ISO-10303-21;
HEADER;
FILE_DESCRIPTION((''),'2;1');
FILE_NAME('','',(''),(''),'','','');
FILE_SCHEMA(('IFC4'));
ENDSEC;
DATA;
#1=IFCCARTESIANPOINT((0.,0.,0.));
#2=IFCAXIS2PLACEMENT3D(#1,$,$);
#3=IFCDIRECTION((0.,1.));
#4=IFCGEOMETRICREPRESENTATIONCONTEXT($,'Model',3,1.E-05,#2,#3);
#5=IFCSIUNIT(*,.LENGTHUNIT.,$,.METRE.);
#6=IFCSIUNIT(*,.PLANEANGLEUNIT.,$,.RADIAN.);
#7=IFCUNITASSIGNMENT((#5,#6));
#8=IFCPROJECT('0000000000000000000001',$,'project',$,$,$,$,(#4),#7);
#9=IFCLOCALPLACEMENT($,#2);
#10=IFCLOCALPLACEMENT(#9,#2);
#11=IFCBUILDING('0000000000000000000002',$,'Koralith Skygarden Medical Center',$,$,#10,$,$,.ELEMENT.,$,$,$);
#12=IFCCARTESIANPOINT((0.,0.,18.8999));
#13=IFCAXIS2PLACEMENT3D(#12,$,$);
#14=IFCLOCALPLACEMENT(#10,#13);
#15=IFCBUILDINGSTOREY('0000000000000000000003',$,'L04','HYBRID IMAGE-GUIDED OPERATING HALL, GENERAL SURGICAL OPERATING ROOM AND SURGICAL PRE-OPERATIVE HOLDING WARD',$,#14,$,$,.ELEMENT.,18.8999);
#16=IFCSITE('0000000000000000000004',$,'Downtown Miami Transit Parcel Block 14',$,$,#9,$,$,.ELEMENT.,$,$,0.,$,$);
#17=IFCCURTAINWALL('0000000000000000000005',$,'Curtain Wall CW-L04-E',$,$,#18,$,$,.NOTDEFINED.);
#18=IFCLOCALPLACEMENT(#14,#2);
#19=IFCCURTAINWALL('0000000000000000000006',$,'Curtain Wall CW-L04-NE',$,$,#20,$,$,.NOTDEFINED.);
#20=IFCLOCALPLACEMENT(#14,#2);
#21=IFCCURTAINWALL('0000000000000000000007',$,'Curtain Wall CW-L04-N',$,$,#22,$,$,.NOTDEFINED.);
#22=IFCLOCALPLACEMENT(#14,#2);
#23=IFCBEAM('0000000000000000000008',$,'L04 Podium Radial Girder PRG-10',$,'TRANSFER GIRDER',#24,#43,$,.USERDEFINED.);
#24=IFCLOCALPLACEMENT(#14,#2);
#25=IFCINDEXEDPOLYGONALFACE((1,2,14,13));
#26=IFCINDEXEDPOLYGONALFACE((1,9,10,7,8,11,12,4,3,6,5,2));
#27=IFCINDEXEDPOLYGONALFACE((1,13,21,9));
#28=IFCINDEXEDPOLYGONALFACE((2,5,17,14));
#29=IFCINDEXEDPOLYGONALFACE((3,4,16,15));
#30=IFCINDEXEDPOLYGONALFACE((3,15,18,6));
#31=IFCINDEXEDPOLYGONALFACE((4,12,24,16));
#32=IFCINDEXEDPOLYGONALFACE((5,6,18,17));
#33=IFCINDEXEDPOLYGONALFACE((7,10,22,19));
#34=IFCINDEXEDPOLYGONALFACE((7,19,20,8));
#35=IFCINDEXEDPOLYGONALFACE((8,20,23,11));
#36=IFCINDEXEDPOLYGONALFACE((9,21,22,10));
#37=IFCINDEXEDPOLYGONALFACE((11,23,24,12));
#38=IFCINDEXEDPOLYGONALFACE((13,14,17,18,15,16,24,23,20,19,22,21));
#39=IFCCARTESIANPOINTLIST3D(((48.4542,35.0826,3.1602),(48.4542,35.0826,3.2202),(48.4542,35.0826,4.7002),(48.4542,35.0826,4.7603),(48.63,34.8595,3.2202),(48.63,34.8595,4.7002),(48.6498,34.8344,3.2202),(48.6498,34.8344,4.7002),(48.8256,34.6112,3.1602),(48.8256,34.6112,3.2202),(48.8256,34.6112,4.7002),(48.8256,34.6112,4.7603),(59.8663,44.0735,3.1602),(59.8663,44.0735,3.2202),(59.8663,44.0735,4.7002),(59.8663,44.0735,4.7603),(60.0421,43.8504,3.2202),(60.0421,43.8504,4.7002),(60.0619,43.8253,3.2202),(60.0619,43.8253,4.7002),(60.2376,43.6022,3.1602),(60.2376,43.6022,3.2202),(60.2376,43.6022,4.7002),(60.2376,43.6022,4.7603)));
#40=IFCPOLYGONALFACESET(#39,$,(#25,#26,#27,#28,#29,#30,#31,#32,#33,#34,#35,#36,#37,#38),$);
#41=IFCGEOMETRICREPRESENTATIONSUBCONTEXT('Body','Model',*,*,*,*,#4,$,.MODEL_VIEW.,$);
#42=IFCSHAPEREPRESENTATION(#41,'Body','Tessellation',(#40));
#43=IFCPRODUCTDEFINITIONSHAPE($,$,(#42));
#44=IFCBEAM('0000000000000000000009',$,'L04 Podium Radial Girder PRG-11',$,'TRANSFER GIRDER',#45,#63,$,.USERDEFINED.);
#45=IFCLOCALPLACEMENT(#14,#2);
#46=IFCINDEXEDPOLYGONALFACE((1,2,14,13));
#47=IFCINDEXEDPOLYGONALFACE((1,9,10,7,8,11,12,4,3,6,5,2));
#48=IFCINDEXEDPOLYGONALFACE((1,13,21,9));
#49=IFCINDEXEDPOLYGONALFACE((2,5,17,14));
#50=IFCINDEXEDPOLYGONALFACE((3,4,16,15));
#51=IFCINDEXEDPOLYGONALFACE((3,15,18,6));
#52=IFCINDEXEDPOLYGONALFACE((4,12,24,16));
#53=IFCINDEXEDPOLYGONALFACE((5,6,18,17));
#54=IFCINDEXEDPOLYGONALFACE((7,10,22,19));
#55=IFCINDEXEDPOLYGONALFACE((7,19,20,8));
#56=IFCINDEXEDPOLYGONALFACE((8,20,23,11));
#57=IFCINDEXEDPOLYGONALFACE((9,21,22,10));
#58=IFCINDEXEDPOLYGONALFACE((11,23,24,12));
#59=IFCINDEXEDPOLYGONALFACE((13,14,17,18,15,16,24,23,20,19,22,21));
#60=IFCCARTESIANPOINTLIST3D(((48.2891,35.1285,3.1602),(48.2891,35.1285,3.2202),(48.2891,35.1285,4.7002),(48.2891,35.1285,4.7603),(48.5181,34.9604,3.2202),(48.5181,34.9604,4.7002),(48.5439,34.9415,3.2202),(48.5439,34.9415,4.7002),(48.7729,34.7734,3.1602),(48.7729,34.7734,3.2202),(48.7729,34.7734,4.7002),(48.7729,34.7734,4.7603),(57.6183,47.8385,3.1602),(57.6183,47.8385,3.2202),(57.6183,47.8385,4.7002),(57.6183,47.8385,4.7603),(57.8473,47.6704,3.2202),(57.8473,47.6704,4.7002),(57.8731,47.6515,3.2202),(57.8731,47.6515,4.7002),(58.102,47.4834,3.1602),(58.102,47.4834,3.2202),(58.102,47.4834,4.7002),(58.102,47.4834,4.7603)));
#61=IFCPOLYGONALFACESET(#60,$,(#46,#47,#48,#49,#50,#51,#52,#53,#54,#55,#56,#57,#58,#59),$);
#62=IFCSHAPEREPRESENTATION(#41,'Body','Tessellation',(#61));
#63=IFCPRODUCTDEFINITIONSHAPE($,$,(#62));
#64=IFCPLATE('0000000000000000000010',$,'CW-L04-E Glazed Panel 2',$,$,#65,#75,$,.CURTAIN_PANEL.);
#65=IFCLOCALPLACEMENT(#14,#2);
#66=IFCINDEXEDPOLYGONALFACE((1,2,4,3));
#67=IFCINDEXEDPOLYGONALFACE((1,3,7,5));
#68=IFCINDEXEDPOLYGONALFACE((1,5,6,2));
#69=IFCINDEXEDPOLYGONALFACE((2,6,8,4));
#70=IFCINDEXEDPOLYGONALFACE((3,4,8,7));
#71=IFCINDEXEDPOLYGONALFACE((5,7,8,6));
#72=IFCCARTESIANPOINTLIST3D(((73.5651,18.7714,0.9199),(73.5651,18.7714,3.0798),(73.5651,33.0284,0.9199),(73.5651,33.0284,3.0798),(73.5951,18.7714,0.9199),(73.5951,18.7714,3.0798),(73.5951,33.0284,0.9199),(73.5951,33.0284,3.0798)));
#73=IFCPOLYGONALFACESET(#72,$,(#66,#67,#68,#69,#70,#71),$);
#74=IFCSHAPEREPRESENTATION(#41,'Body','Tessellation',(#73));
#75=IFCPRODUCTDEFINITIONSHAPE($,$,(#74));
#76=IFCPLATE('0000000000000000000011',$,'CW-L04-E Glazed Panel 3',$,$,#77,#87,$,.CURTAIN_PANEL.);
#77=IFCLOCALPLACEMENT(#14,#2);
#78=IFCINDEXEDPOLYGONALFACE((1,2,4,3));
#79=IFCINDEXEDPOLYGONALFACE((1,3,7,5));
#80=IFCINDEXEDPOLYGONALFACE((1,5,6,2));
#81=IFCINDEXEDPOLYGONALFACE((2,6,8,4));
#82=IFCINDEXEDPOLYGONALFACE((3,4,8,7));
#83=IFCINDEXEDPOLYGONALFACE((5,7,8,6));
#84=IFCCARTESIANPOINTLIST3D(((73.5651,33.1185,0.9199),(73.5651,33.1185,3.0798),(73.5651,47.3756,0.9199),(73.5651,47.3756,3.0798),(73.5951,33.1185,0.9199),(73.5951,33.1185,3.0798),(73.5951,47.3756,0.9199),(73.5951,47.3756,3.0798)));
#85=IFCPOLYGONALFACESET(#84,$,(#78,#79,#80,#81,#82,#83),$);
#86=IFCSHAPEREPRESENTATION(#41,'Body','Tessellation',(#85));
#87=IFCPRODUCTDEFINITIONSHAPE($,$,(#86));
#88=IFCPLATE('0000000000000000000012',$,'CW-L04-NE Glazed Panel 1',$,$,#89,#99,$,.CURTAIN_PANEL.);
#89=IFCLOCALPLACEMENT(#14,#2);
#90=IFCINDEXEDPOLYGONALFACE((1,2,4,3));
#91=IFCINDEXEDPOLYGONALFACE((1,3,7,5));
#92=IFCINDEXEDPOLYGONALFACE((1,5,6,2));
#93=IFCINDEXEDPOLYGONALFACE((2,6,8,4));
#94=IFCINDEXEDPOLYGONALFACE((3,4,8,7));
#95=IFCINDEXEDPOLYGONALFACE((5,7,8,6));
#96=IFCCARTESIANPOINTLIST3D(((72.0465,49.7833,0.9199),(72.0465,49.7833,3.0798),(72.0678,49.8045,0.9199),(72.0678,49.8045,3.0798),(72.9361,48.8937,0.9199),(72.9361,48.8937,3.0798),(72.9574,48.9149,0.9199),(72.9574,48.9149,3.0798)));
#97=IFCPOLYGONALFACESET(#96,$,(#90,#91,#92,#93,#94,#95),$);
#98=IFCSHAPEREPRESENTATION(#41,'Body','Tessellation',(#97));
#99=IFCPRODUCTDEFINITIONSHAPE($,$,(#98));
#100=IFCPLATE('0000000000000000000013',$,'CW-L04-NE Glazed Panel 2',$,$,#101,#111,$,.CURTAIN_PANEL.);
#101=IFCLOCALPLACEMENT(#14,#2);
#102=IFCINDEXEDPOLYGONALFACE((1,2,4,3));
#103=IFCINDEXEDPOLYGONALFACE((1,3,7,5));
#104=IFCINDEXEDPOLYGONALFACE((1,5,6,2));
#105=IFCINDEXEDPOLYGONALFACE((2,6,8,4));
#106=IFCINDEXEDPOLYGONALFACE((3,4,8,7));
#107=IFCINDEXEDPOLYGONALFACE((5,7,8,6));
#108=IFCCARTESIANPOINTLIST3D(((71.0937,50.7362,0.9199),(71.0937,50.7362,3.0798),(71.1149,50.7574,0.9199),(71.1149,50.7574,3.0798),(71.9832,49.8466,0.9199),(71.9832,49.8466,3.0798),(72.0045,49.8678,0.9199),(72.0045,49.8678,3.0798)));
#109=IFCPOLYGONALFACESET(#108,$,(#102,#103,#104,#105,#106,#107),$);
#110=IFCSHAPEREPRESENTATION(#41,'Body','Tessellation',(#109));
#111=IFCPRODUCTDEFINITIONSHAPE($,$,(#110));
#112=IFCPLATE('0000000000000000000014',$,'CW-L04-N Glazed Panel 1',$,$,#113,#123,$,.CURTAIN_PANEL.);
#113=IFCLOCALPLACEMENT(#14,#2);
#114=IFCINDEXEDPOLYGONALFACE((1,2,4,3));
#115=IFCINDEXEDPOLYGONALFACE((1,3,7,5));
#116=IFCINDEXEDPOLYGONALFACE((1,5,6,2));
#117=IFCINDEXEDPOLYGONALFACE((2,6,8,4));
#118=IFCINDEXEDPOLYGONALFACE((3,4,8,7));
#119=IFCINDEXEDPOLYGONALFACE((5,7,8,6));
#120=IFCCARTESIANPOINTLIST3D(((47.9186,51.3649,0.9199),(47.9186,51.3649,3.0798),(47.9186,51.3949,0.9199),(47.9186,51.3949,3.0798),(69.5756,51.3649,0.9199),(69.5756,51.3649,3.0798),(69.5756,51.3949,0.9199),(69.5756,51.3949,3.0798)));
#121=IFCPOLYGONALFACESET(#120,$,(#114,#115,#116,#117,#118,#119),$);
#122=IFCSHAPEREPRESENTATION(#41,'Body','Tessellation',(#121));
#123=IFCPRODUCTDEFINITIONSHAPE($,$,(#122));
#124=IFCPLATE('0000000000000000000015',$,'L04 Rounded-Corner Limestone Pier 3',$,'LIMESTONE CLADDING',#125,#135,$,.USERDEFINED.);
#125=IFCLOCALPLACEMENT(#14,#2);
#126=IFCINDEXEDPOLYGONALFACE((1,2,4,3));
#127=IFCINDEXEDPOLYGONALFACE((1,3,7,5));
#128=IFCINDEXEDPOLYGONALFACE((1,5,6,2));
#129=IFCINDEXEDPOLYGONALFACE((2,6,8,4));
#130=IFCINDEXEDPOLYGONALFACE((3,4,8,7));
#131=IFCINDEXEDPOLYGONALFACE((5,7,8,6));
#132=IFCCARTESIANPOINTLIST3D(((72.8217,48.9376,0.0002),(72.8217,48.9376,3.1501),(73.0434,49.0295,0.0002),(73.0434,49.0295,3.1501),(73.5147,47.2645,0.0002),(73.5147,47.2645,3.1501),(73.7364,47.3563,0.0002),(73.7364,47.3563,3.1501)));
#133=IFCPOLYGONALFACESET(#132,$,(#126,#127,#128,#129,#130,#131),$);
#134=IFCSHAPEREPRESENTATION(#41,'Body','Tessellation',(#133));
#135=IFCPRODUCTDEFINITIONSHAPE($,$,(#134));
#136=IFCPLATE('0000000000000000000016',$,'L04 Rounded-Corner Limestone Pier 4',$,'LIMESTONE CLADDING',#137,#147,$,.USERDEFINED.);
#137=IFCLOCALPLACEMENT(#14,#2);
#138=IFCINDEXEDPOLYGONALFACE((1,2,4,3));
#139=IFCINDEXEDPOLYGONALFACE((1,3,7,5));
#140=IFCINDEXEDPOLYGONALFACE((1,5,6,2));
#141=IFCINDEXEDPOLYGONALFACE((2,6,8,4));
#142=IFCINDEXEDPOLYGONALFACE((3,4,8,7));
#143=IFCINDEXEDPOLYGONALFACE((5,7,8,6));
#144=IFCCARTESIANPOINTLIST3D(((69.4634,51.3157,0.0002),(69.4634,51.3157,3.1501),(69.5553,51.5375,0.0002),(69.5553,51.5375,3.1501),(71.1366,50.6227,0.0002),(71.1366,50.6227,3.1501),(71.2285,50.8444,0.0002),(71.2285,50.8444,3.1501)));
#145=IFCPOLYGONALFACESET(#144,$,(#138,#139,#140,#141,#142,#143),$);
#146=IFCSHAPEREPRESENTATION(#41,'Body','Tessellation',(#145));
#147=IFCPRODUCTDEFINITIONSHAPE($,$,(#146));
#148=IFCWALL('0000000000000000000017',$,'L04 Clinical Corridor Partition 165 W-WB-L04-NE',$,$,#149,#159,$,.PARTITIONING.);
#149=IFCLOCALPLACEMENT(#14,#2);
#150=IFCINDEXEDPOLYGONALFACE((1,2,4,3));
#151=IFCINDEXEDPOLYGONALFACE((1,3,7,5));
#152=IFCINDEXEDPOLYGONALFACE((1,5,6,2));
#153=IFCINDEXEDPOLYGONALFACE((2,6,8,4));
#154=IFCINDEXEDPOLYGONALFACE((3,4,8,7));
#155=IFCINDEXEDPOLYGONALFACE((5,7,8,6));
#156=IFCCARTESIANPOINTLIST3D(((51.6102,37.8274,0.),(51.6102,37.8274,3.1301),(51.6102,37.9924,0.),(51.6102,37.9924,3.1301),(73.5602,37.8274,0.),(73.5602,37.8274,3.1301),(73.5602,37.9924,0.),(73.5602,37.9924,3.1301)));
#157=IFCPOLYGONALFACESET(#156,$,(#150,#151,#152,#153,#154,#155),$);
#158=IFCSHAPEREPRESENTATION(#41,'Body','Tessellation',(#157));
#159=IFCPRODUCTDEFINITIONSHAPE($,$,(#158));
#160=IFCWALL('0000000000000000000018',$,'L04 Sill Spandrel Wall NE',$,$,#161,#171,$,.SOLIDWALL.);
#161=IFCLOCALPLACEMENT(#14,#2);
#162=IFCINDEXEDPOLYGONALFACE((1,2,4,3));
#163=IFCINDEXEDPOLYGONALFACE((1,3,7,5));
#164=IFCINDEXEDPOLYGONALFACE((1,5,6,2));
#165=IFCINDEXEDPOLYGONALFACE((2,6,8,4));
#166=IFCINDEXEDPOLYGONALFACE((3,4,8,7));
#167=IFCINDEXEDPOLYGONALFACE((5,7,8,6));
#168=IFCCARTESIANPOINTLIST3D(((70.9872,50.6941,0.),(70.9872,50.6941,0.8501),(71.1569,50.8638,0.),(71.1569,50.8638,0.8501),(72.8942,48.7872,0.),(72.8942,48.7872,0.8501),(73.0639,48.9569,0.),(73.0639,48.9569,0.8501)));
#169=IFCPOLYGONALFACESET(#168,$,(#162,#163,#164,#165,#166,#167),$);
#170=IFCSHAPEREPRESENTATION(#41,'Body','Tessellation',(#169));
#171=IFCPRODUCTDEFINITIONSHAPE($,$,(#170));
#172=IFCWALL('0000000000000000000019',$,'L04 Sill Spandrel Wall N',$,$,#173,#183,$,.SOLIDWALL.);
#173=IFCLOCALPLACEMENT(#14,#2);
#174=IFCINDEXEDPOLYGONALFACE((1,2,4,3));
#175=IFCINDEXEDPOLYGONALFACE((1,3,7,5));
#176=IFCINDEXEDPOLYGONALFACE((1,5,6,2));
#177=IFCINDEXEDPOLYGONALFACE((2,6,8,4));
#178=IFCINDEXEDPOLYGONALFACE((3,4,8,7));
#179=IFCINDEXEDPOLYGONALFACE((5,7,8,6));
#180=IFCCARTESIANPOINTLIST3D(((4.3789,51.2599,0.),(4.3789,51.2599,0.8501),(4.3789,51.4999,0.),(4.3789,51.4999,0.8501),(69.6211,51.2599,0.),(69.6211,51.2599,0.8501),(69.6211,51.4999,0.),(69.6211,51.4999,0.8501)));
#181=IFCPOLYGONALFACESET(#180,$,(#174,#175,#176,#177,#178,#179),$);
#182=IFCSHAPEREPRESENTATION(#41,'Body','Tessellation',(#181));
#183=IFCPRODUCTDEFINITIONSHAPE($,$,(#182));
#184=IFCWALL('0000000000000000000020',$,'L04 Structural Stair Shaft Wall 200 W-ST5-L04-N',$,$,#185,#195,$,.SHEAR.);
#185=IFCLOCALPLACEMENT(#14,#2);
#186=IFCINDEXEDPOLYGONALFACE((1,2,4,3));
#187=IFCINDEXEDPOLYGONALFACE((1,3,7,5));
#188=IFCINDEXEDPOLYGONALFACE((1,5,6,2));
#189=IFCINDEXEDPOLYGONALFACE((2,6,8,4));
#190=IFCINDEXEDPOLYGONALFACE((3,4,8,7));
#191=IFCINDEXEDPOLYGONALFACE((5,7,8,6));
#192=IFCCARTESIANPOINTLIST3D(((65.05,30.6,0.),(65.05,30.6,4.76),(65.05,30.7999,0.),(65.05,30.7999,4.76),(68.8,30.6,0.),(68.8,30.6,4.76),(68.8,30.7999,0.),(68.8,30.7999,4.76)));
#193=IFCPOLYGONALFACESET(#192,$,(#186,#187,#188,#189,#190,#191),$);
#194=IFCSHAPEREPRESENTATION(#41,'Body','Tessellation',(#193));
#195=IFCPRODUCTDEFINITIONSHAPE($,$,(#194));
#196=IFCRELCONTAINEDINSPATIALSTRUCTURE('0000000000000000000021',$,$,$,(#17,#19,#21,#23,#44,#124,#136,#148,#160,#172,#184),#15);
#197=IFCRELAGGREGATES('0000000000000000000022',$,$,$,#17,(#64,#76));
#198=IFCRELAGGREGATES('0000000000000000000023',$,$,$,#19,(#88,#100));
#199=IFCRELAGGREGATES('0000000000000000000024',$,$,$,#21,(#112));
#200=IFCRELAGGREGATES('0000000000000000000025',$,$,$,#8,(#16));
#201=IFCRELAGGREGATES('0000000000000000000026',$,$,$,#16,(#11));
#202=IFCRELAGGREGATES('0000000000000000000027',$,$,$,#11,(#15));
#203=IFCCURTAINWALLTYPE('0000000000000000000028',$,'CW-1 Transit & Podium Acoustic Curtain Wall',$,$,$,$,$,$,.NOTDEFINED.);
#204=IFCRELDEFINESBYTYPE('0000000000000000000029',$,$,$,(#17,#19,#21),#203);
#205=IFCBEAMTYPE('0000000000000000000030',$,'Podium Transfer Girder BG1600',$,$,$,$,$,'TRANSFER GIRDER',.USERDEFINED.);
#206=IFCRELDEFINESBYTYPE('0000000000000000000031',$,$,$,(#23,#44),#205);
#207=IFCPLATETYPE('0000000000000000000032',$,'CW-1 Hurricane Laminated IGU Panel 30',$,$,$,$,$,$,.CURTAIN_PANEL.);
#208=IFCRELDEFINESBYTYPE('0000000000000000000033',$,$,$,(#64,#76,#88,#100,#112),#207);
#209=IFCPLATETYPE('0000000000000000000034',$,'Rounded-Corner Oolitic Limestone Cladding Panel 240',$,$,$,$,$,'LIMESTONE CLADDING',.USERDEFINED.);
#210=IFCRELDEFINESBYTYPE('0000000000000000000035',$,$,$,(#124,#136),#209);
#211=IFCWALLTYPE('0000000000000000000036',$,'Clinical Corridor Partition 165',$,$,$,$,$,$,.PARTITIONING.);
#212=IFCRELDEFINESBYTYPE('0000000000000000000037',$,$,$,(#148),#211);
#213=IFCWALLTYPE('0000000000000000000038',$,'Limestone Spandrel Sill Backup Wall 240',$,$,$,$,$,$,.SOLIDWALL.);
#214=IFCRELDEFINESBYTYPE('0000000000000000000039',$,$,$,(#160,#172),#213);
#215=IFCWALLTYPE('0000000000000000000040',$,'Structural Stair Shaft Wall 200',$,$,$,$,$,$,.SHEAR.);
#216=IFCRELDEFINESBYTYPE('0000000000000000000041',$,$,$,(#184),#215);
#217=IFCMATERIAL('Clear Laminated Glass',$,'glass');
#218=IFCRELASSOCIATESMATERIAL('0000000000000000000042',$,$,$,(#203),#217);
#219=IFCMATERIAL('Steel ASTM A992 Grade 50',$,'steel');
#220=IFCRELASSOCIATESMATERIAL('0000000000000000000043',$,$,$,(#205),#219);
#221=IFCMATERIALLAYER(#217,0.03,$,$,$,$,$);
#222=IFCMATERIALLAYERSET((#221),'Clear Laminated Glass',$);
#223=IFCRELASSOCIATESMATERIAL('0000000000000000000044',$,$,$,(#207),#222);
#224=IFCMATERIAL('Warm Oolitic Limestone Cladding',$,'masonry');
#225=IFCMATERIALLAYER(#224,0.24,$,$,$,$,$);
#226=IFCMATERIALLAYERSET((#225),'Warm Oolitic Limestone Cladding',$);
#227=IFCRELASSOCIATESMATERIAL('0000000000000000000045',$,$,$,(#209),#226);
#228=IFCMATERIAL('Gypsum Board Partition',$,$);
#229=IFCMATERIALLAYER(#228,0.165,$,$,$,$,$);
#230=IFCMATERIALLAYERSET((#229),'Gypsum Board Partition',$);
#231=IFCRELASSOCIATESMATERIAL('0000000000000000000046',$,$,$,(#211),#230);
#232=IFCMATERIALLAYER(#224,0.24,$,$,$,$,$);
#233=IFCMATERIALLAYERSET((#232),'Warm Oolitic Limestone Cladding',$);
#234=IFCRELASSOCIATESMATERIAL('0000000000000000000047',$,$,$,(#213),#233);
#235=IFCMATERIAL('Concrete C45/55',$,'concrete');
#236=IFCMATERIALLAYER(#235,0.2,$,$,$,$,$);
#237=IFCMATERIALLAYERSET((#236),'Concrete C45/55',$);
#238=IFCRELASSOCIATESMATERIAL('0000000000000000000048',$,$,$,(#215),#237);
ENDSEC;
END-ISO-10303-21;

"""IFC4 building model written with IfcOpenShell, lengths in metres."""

from ifc_helpers import new_model, si_unit, direction, frame, frame_2d, origin, origin_2d, place, context, subcontext, project, spatial, rectangle, i_section, extrude, material, layer, layer_set, material_profile, profile_set, type_object, element, aggregate, save


model = new_model("IFC4")

# Units and contexts
model_context = context("Model", 3, precision=1e-05, world=origin(), true_north=direction((0.0, 1.0)))
body_context = subcontext(model_context, "Body", "Model", "MODEL_VIEW")
ifc_project = project(units=[si_unit("LENGTHUNIT", "METRE"), si_unit("PLANEANGLEUNIT", "RADIAN")], contexts=[model_context])

# Site, building, storey
site_placement = place(None, origin())
site = spatial("IfcSite", under=ifc_project, at=site_placement, Name="Downtown Miami Transit Parcel Block 14", CompositionType="ELEMENT", RefElevation=0.0)
building_placement = place(site_placement, origin())
building = spatial("IfcBuilding", under=site, at=building_placement, Name="Koralith Skygarden Medical Center", CompositionType="ELEMENT")
storey_placement = place(building_placement, frame((0.0, 0.0, 18.8999)))
storey = spatial("IfcBuildingStorey", under=building, at=storey_placement, Name="L04", Description="HYBRID IMAGE-GUIDED OPERATING HALL, GENERAL SURGICAL OPERATING ROOM AND SURGICAL PRE-OPERATIVE HOLDING WARD", CompositionType="ELEMENT", Elevation=18.8999)

# Curtain walls
ifc_material_1 = material(Name="Clear Laminated Glass", Category="glass")
curtain_wall_type = type_object("IfcCurtainWallType", Name="CW-1 Transit & Podium Acoustic Curtain Wall", PredefinedType="NOTDEFINED", material=ifc_material_1)
curtain_wall_1_placement = place(storey_placement, origin())
curtain_wall_1 = element("IfcCurtainWall", 1, at=curtain_wall_1_placement, inside=storey, type_object=curtain_wall_type, Name="Curtain Wall CW-L04-E", PredefinedType="NOTDEFINED")
curtain_wall_2_placement = place(storey_placement, origin())
curtain_wall_2 = element("IfcCurtainWall", 2, at=curtain_wall_2_placement, inside=storey, type_object=curtain_wall_type, Name="Curtain Wall CW-L04-NE", PredefinedType="NOTDEFINED")

# Curtain wall
curtain_wall_3_placement = place(storey_placement, origin())
curtain_wall_3 = element("IfcCurtainWall", 3, at=curtain_wall_3_placement, inside=storey, type_object=curtain_wall_type, Name="Curtain Wall CW-L04-N", PredefinedType="NOTDEFINED")

# Beams
ifc_material_2 = material(Name="Steel ASTM A992 Grade 50", Category="steel")
ifc_material_profile_1 = material_profile(ifc_material_2, i_section(OverallWidth=0.6001, OverallDepth=1.6001, WebThickness=0.032, FlangeThickness=0.0601, at=origin_2d()), Name="BG1600X600X60X32")
ifc_profile_set_1 = profile_set([ifc_material_profile_1], Name="Steel ASTM A992 Grade 50")
beam_type_1 = type_object("IfcBeamType", Name="Podium Transfer Girder BG1600", ElementType="TRANSFER GIRDER", PredefinedType="USERDEFINED", material=ifc_profile_set_1)
beam_1_placement = place(storey_placement, frame((48.6399, 34.8469, 3.9602), z_axis=(0.785505, 0.618856, 0.0), x_axis=(-0.618856, 0.785505, 0.0)))
element("IfcBeam", 4, at=beam_1_placement, inside=storey, type_object=beam_type_1, Name="L04 Podium Radial Girder PRG-10", ObjectType="TRANSFER GIRDER", PredefinedType="USERDEFINED", context=body_context, shape_type="SweptSolid", body=[
    extrude(i_section(OverallWidth=0.6001, OverallDepth=1.6001, WebThickness=0.032, FlangeThickness=0.0601, at=origin_2d()), origin(), (0.0, 0.0, 1.0), 14.5283),
])
beam_2_placement = place(storey_placement, frame((48.531, 34.9509, 3.9602), z_axis=(0.591713, 0.806149, 0.0), x_axis=(-0.806149, 0.591713, 0.0)))
element("IfcBeam", 5, at=beam_2_placement, inside=storey, type_object=beam_type_1, Name="L04 Podium Radial Girder PRG-11", ObjectType="TRANSFER GIRDER", PredefinedType="USERDEFINED", context=body_context, shape_type="SweptSolid", body=[
    extrude(i_section(OverallWidth=0.6001, OverallDepth=1.6001, WebThickness=0.032, FlangeThickness=0.0601, at=origin_2d()), origin(), (0.0, 0.0, 1.0), 15.7664),
])

# Plates
ifc_layer_1 = layer(ifc_material_1, 0.03)
ifc_layer_set_1 = layer_set([ifc_layer_1], Name="Clear Laminated Glass")
plate_type_1 = type_object("IfcPlateType", Name="CW-1 Hurricane Laminated IGU Panel 30", PredefinedType="CURTAIN_PANEL", material=ifc_layer_set_1)
plate_1_placement = place(storey_placement, frame((73.5801, 25.8999, 0.9199), z_axis=(0.0, 0.0, 1.0), x_axis=(0.0, 1.0, 0.0)))
plate_1 = element("IfcPlate", 6, at=plate_1_placement, type_object=plate_type_1, Name="CW-L04-E Glazed Panel 2", PredefinedType="CURTAIN_PANEL", context=body_context, shape_type="SweptSolid", body=[
    extrude(rectangle(XDim=14.2571, YDim=0.03, at=origin_2d()), origin(), (0.0, 0.0, 1.0), 2.1599),
])
plate_2_placement = place(storey_placement, frame((73.5801, 40.2471, 0.9199), z_axis=(0.0, 0.0, 1.0), x_axis=(0.0, 1.0, 0.0)))
plate_2 = element("IfcPlate", 7, at=plate_2_placement, type_object=plate_type_1, Name="CW-L04-E Glazed Panel 3", PredefinedType="CURTAIN_PANEL", context=body_context, shape_type="SweptSolid", body=[
    extrude(rectangle(XDim=14.2571, YDim=0.03, at=origin_2d()), origin(), (0.0, 0.0, 1.0), 2.1599),
])
aggregate(curtain_wall_1, [plate_1, plate_2])
plate_3_placement = place(storey_placement, frame((72.502, 49.3491, 0.9199), z_axis=(0.0, 0.0, 1.0), x_axis=(-0.707107, 0.707107, 0.0)))
plate_3 = element("IfcPlate", 8, at=plate_3_placement, type_object=plate_type_1, Name="CW-L04-NE Glazed Panel 1", PredefinedType="CURTAIN_PANEL", context=body_context, shape_type="SweptSolid", body=[
    extrude(rectangle(XDim=1.2581, YDim=0.03, at=origin_2d()), origin(), (0.0, 0.0, 1.0), 2.1599),
])
plate_4_placement = place(storey_placement, frame((71.5491, 50.302, 0.9199), z_axis=(0.0, 0.0, 1.0), x_axis=(-0.707107, 0.707107, 0.0)))
plate_4 = element("IfcPlate", 9, at=plate_4_placement, type_object=plate_type_1, Name="CW-L04-NE Glazed Panel 2", PredefinedType="CURTAIN_PANEL", context=body_context, shape_type="SweptSolid", body=[
    extrude(rectangle(XDim=1.2581, YDim=0.03, at=origin_2d()), origin(), (0.0, 0.0, 1.0), 2.1599),
])
aggregate(curtain_wall_2, [plate_3, plate_4])
plate_5_placement = place(storey_placement, frame((58.7471, 51.3799, 0.9199), z_axis=(0.0, 0.0, 1.0), x_axis=(-1.0, 0.0, 0.0)))
plate_5 = element("IfcPlate", 10, at=plate_5_placement, type_object=plate_type_1, Name="CW-L04-N Glazed Panel 1", PredefinedType="CURTAIN_PANEL", context=body_context, shape_type="SweptSolid", body=[
    extrude(rectangle(XDim=21.657, YDim=0.03, at=origin_2d()), origin(), (0.0, 0.0, 1.0), 2.1599),
])
aggregate(curtain_wall_3, [plate_5])

# Plates
ifc_material_3 = material(Name="Warm Oolitic Limestone Cladding", Category="masonry")
ifc_layer_2 = layer(ifc_material_3, 0.24)
ifc_layer_set_2 = layer_set([ifc_layer_2], Name="Warm Oolitic Limestone Cladding")
plate_type_2 = type_object("IfcPlateType", Name="Rounded-Corner Oolitic Limestone Cladding Panel 240", ElementType="LIMESTONE CLADDING", PredefinedType="USERDEFINED", material=ifc_layer_set_2)
for number, where, z_axis, x_axis, name in (
    (11, (73.2791, 48.147, 0.0002), (0.0, 0.0, 1.0), (-0.382671, 0.923885, 0.0), "L04 Rounded-Corner Limestone Pier 3"),
    (12, (70.3459, 51.0801, 0.0002), (0.0, 0.0, 1.0), (-0.923885, 0.382671, 0.0), "L04 Rounded-Corner Limestone Pier 4"),
):
    element("IfcPlate", number, at=place(storey_placement, frame(where, z_axis=z_axis, x_axis=x_axis)), inside=storey, type_object=plate_type_2, Name=name, ObjectType="LIMESTONE CLADDING", PredefinedType="USERDEFINED", context=body_context, shape_type="SweptSolid", body=[
        extrude(rectangle(XDim=1.811, YDim=0.24, at=origin_2d()), origin(), (0.0, 0.0, 1.0), 3.1499),
    ])

# Walls
ifc_material_4 = material(Name="Gypsum Board Partition")
ifc_layer_3 = layer(ifc_material_4, 0.165)
ifc_layer_set_3 = layer_set([ifc_layer_3], Name="Gypsum Board Partition")
wall_type_1 = type_object("IfcWallType", Name="Clinical Corridor Partition 165", PredefinedType="PARTITIONING", material=ifc_layer_set_3)
wall_1_placement = place(storey_placement, frame((51.6101, 37.9099, 0.0), z_axis=(0.0, 0.0, 1.0), x_axis=(1.0, 0.0, 0.0)))
element("IfcWall", 13, at=wall_1_placement, inside=storey, type_object=wall_type_1, Name="L04 Clinical Corridor Partition 165 W-WB-L04-NE", PredefinedType="PARTITIONING", context=body_context, shape_type="SweptSolid", body=[
    extrude(rectangle(XDim=21.95, YDim=0.165, at=frame_2d((10.9751, 0.0))), origin(), (0.0, 0.0, 1.0), 3.1301),
])
ifc_layer_4 = layer(ifc_material_3, 0.24)
ifc_layer_set_4 = layer_set([ifc_layer_4], Name="Warm Oolitic Limestone Cladding")
wall_type_2 = type_object("IfcWallType", Name="Limestone Spandrel Sill Backup Wall 240", PredefinedType="SOLIDWALL", material=ifc_layer_set_4)
wall_2_placement = place(storey_placement, frame((72.979, 48.8721, 0.0), z_axis=(0.0, 0.0, 1.0), x_axis=(-0.707107, 0.707107, 0.0)))
element("IfcWall", 14, at=wall_2_placement, inside=storey, type_object=wall_type_2, Name="L04 Sill Spandrel Wall NE", PredefinedType="SOLIDWALL", context=body_context, shape_type="SweptSolid", body=[
    extrude(rectangle(XDim=2.6968, YDim=0.24, at=frame_2d((1.3484, 0.0))), origin(), (0.0, 0.0, 1.0), 0.8501),
])
wall_3_placement = place(storey_placement, frame((69.6211, 51.3799, 0.0), z_axis=(0.0, 0.0, 1.0), x_axis=(-1.0, 0.0, 0.0)))
element("IfcWall", 15, at=wall_3_placement, inside=storey, type_object=wall_type_2, Name="L04 Sill Spandrel Wall N", PredefinedType="SOLIDWALL", context=body_context, shape_type="SweptSolid", body=[
    extrude(rectangle(XDim=65.2422, YDim=0.24, at=frame_2d((32.6211, 0.0))), origin(), (0.0, 0.0, 1.0), 0.8501),
])
ifc_material_5 = material(Name="Concrete C45/55", Category="concrete")
ifc_layer_5 = layer(ifc_material_5, 0.2)
ifc_layer_set_5 = layer_set([ifc_layer_5], Name="Concrete C45/55")
wall_type_3 = type_object("IfcWallType", Name="Structural Stair Shaft Wall 200", PredefinedType="SHEAR", material=ifc_layer_set_5)
wall_4_placement = place(storey_placement, frame((65.05, 30.7, 0.0), z_axis=(0.0, 0.0, 1.0), x_axis=(1.0, 0.0, 0.0)))
element("IfcWall", 16, at=wall_4_placement, inside=storey, type_object=wall_type_3, Name="L04 Structural Stair Shaft Wall 200 W-ST5-L04-N", PredefinedType="SHEAR", context=body_context, shape_type="SweptSolid", body=[
    extrude(rectangle(XDim=3.75, YDim=0.2, at=frame_2d((1.875, 0.0))), origin(), (0.0, 0.0, 1.0), 4.76),
])

save(model, "model.ifc")
